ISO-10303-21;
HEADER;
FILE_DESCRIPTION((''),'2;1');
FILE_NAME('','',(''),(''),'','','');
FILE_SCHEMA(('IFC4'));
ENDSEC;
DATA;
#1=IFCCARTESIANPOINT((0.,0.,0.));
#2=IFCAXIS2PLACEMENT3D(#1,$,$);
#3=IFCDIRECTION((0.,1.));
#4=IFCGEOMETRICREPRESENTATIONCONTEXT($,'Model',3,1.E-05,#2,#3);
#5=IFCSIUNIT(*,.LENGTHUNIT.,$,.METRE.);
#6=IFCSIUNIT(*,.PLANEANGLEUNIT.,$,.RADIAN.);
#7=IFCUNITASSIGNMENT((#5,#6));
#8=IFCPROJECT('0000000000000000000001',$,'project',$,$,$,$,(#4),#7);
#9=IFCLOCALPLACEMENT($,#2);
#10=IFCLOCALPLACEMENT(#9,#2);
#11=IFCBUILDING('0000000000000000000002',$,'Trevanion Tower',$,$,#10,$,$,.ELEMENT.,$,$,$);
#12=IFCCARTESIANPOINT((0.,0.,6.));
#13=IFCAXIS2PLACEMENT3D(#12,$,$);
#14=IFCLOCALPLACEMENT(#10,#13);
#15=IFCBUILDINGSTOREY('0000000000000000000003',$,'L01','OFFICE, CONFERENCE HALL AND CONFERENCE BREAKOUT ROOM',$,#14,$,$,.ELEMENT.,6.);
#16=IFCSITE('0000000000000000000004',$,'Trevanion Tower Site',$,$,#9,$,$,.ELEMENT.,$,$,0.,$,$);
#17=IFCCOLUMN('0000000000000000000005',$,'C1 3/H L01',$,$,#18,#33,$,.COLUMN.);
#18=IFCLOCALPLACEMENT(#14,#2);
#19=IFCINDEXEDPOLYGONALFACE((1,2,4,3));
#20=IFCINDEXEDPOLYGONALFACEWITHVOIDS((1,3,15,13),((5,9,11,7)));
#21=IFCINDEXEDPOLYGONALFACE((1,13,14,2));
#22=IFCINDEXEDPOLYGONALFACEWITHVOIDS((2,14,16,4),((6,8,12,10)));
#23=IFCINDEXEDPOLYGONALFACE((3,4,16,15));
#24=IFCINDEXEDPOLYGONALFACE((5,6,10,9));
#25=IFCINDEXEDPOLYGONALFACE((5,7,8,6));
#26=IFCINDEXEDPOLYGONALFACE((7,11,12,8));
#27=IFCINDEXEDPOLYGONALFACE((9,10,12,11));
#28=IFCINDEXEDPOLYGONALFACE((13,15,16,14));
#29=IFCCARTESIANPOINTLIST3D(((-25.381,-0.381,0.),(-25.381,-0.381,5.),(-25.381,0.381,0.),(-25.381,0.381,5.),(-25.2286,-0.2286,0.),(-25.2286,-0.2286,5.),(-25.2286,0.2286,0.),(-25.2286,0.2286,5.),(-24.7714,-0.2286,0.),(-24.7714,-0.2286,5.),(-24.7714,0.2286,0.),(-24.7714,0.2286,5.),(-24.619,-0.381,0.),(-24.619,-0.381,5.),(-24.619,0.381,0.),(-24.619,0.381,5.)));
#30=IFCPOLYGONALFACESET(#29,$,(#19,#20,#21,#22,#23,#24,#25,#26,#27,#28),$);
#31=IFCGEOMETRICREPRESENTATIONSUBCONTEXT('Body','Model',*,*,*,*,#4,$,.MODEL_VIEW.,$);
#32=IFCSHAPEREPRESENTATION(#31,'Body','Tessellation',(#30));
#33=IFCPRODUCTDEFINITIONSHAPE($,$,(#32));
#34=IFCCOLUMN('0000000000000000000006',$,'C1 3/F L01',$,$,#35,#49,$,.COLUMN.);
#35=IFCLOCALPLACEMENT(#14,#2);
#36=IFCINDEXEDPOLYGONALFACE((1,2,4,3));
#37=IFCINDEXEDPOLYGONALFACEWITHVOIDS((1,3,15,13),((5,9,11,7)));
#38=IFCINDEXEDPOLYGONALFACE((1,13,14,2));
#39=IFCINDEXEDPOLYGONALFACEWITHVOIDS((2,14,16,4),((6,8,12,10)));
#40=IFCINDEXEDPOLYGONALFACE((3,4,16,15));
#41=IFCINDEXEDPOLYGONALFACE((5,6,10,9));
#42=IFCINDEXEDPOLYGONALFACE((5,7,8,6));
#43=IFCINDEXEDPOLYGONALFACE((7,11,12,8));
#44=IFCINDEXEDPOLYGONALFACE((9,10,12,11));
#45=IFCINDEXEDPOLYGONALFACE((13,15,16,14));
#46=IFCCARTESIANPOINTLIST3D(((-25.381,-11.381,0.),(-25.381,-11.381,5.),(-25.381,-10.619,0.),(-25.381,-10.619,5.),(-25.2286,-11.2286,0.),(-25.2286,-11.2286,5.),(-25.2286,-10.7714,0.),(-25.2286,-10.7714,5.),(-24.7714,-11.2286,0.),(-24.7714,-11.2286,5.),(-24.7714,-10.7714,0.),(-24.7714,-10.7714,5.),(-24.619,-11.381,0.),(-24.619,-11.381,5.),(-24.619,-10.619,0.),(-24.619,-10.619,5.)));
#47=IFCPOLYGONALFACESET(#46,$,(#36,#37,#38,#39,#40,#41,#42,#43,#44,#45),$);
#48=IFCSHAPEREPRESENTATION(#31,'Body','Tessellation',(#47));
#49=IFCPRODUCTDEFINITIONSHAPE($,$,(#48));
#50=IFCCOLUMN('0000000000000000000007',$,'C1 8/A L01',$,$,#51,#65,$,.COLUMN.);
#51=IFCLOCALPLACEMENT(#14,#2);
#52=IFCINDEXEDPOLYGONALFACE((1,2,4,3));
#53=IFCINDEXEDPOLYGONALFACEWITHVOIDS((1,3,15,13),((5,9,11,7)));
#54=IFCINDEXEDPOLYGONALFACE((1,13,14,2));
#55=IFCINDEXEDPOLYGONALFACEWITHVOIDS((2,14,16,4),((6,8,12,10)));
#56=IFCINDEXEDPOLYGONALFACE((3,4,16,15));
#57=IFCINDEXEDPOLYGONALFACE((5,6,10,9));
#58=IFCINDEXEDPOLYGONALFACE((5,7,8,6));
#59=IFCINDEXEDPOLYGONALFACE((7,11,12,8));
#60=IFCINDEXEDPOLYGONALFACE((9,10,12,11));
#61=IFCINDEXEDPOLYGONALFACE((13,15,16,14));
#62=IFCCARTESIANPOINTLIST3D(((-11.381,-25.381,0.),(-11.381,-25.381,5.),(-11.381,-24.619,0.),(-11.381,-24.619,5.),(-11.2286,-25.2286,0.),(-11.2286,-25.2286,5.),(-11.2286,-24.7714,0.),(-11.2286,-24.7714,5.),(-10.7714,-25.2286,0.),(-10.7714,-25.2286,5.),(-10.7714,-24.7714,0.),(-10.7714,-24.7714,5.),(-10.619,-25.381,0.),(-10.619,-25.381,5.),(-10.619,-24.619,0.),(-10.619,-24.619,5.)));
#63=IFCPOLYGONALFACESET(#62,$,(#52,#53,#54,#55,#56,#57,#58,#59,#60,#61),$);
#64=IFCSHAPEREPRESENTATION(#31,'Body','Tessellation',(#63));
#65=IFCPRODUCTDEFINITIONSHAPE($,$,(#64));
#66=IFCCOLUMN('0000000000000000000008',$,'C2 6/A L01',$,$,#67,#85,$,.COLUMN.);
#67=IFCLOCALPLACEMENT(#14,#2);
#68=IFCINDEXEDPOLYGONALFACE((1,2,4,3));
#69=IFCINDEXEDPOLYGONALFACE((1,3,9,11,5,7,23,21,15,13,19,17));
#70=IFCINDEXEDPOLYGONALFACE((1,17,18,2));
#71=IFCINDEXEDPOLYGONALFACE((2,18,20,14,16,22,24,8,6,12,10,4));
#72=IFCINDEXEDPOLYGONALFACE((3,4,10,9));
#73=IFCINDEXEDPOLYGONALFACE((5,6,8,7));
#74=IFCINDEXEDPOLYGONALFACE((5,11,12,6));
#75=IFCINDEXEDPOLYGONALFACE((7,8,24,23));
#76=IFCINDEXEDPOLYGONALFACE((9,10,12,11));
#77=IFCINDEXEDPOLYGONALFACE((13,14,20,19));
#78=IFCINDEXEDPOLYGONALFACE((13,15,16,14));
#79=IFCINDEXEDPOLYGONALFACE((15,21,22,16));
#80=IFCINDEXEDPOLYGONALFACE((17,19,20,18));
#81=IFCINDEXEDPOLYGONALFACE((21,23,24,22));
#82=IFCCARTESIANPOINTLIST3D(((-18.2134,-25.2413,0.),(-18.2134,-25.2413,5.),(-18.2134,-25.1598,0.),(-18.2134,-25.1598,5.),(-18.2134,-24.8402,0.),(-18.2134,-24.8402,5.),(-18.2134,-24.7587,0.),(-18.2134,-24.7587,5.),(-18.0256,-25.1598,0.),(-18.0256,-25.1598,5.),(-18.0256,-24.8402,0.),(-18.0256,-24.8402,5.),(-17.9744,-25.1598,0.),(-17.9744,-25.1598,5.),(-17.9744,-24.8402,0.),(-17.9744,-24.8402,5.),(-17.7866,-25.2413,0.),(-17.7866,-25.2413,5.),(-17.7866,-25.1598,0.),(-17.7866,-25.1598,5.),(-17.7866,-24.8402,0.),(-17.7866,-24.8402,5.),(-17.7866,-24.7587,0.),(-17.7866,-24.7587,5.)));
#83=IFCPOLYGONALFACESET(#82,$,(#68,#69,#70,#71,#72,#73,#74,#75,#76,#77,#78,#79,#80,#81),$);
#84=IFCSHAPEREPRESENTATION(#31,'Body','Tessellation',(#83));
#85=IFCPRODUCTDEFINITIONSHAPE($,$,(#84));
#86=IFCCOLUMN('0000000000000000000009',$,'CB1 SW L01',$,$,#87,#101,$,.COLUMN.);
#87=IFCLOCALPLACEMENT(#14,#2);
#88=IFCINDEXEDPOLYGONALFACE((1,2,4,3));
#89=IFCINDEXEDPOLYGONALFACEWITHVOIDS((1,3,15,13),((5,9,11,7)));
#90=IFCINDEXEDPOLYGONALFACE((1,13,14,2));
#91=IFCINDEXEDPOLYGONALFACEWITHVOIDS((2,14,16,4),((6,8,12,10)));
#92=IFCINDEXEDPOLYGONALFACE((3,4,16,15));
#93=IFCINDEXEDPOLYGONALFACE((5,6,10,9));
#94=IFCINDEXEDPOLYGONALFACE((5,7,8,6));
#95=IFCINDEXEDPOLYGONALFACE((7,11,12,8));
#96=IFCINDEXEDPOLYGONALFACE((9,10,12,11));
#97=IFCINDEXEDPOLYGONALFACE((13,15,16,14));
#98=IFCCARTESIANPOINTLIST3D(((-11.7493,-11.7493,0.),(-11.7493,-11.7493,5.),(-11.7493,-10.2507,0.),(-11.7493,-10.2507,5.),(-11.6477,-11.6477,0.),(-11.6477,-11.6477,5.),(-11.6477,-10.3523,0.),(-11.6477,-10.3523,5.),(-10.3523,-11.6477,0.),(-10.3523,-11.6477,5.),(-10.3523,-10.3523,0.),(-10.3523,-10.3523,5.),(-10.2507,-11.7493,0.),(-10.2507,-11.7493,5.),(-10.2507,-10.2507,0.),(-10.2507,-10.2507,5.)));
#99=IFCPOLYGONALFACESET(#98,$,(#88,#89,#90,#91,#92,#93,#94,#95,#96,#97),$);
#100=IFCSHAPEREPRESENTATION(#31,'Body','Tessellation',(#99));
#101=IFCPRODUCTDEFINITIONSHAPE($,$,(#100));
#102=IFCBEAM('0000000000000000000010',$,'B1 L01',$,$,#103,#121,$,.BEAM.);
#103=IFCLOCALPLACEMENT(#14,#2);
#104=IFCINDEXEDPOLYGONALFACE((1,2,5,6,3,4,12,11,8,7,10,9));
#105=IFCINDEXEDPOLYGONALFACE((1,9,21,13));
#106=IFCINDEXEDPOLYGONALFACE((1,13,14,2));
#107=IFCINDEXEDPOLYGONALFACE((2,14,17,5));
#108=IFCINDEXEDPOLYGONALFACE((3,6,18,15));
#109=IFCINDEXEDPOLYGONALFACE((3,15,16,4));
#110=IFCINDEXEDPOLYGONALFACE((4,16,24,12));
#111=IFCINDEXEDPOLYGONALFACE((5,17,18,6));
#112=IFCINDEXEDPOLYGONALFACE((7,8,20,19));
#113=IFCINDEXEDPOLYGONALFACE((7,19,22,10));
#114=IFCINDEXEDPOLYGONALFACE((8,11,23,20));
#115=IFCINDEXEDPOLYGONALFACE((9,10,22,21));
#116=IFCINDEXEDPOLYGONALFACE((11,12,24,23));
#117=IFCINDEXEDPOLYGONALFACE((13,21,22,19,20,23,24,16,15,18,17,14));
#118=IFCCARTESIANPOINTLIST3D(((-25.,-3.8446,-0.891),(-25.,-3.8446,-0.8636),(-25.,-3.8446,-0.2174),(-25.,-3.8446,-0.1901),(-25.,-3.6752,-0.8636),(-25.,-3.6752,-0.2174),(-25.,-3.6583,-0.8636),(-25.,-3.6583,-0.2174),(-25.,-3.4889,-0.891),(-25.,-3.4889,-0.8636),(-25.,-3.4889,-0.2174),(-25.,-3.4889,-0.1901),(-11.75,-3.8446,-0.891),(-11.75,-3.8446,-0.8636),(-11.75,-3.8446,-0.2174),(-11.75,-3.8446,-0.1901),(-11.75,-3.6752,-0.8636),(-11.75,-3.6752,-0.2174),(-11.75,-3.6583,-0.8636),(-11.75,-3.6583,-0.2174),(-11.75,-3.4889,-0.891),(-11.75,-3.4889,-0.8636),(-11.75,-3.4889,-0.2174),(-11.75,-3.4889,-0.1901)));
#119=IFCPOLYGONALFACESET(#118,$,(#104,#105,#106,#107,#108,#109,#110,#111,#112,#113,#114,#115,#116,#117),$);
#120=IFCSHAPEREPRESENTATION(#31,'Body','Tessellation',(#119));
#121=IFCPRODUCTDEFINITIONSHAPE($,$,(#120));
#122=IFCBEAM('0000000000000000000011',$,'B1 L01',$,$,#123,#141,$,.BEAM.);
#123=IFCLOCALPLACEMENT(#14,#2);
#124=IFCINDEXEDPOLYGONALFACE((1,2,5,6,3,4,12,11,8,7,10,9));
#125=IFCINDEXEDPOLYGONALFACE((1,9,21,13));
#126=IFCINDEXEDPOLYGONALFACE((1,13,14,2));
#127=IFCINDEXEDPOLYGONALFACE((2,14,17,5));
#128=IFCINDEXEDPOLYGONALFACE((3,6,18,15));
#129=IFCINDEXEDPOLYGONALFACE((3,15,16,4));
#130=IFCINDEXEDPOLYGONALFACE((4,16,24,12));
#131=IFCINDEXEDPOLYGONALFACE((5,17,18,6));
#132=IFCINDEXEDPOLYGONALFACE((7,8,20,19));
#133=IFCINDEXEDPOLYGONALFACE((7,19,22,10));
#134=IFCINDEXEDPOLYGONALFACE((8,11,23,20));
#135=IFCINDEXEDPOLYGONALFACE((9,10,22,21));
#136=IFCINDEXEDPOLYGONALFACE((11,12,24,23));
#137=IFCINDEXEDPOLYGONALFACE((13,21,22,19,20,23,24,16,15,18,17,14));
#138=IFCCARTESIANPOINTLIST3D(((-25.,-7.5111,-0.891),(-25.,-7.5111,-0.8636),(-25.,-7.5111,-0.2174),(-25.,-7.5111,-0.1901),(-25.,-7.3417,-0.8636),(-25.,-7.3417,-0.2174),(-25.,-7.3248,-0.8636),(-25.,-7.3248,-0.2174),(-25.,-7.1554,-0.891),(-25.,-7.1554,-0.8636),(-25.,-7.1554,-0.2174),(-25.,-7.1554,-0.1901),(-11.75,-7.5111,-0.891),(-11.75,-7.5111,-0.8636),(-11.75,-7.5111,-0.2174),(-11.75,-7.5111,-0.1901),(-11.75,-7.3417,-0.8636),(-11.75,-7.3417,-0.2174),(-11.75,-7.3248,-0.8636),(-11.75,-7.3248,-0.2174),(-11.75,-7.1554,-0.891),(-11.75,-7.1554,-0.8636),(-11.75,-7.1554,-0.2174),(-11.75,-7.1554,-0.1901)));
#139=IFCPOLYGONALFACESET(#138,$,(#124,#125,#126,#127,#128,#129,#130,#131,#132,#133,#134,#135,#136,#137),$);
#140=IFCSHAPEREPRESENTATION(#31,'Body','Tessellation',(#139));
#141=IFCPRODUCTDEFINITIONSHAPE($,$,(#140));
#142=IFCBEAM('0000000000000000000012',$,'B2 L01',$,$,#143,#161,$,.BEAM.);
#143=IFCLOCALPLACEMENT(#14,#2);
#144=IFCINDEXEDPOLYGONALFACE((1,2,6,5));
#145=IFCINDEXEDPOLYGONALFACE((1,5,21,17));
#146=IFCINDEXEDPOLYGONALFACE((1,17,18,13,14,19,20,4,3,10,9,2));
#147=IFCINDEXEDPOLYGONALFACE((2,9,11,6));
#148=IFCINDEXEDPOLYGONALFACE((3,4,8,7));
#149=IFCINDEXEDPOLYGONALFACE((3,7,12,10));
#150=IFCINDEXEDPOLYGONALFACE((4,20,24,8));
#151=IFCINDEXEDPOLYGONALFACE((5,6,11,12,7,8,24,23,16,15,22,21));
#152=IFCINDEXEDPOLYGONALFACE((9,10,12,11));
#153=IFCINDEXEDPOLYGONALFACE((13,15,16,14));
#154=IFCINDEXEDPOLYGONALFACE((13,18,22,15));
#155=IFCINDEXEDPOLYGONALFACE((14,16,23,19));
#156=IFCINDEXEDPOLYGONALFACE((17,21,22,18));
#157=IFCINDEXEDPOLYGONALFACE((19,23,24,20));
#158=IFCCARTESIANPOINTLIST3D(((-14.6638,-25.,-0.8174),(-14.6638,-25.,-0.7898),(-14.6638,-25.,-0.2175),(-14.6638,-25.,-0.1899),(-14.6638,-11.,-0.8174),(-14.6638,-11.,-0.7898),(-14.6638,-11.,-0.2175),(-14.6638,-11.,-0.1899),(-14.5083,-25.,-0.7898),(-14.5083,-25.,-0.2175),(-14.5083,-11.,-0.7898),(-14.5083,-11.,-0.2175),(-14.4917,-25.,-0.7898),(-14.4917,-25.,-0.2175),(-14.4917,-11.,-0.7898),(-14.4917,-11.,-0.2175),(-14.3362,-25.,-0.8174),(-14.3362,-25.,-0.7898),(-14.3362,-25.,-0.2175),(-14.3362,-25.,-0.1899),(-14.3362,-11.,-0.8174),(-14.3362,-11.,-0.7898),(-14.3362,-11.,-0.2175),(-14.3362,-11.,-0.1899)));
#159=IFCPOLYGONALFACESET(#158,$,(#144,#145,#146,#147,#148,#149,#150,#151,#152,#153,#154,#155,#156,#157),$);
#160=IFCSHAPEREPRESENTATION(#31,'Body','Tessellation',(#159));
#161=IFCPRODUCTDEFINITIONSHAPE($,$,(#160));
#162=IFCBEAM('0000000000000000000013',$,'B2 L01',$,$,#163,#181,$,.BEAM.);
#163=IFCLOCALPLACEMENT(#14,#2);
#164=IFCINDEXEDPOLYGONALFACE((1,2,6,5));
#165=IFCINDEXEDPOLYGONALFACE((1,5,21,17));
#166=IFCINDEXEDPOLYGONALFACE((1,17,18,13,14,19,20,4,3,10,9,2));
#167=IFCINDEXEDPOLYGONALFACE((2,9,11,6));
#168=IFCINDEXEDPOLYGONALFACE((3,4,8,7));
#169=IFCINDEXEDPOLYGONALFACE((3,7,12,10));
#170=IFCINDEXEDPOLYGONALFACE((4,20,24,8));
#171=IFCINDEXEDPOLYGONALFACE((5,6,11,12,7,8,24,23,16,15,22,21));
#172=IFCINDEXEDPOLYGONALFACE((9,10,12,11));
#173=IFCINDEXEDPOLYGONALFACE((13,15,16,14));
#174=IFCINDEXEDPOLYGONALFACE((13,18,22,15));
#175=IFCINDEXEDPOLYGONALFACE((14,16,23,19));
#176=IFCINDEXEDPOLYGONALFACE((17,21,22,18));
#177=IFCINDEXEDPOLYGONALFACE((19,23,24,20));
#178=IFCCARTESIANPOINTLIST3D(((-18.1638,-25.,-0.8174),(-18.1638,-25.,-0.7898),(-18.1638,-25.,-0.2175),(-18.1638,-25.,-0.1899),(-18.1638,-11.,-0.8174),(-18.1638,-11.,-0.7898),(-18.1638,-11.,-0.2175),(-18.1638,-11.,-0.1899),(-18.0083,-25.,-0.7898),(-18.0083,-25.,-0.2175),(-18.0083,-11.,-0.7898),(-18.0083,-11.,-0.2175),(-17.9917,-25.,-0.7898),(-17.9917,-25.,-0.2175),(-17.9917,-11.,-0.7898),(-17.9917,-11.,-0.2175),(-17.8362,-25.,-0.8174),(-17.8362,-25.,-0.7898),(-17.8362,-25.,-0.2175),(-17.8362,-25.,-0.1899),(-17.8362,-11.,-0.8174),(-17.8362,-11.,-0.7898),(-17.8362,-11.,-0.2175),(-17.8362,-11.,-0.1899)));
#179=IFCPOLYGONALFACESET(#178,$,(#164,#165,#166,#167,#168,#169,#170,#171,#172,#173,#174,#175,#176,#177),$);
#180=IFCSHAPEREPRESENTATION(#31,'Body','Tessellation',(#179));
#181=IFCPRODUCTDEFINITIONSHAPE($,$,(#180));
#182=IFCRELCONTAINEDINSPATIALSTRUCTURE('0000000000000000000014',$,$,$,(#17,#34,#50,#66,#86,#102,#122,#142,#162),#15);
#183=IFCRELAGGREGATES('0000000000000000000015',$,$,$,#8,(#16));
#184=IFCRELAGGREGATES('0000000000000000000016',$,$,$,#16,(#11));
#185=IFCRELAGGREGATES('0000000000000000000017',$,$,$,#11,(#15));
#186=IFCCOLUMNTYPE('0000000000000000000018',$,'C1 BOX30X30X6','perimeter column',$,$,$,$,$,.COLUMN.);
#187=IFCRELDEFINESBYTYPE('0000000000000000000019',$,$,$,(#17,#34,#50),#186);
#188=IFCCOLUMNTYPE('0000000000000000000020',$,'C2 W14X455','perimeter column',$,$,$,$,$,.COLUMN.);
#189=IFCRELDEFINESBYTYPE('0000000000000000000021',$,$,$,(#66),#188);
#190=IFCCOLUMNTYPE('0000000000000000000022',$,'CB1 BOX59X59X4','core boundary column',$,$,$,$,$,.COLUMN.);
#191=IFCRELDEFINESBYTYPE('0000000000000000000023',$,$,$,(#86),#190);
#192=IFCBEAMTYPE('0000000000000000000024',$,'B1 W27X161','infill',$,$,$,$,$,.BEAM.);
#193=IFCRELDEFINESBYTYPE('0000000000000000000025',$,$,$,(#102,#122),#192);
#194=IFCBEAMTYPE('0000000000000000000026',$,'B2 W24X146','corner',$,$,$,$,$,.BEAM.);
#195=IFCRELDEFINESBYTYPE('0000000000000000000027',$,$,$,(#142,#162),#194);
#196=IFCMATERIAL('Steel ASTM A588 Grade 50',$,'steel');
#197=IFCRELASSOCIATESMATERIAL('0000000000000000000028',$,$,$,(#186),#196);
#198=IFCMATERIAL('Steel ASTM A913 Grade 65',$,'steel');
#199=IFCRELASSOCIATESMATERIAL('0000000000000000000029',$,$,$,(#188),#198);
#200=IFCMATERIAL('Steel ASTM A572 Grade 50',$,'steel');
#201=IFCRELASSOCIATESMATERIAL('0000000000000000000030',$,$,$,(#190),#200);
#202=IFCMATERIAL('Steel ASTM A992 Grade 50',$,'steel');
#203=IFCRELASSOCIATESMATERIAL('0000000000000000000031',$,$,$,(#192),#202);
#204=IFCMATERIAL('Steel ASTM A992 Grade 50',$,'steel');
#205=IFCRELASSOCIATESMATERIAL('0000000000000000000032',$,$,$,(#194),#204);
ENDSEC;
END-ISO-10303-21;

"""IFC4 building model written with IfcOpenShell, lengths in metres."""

from ifc_helpers import new_model, si_unit, direction, frame, origin, origin_2d, place, context, subcontext, project, spatial, hollow_rectangle, i_section, extrude, material, material_profile, profile_set, type_object, element, save


model = new_model("IFC4")

# Units and contexts
model_context = context("Model", 3, precision=1e-05, world=origin(), true_north=direction((0.0, 1.0)))
body_context = subcontext(model_context, "Body", "Model", "MODEL_VIEW")
ifc_project = project(units=[si_unit("LENGTHUNIT", "METRE"), si_unit("PLANEANGLEUNIT", "RADIAN")], contexts=[model_context])

# Site, building, storey
site_placement = place(None, origin())
site = spatial("IfcSite", under=ifc_project, at=site_placement, Name="Trevanion Tower Site", CompositionType="ELEMENT", RefElevation=0.0)
building_placement = place(site_placement, origin())
building = spatial("IfcBuilding", under=site, at=building_placement, Name="Trevanion Tower", CompositionType="ELEMENT")
storey_placement = place(building_placement, frame((0.0, 0.0, 6.0)))
storey = spatial("IfcBuildingStorey", under=building, at=storey_placement, Name="L01", Description="OFFICE, CONFERENCE HALL AND CONFERENCE BREAKOUT ROOM", CompositionType="ELEMENT", Elevation=6.0)

# Columns
ifc_material_1 = material(Name="Steel ASTM A588 Grade 50", Category="steel")
ifc_material_profile_1 = material_profile(ifc_material_1, hollow_rectangle(XDim=0.762, YDim=0.762, WallThickness=0.1523, at=origin_2d()), Name="BOX30X30X6")
ifc_profile_set_1 = profile_set([ifc_material_profile_1], Name="Steel ASTM A588 Grade 50")
column_type_1 = type_object("IfcColumnType", Name="C1 BOX30X30X6", Description="perimeter column", PredefinedType="COLUMN", material=ifc_profile_set_1)
for number, where, z_axis, x_axis, name in (
    (1, (-25.0, 0.0, 0.0), (0.0, 0.0, 1.0), (0.0, 1.0, 0.0), "C1 3/H L01"),
    (2, (-25.0, -11.0, 0.0), (0.0, 0.0, 1.0), (0.0, 1.0, 0.0), "C1 3/F L01"),
    (3, (-11.0, -25.0, 0.0), (0.0, 0.0, 1.0), (1.0, 0.0, 0.0), "C1 8/A L01"),
):
    element("IfcColumn", number, at=place(storey_placement, frame(where, z_axis=z_axis, x_axis=x_axis)), inside=storey, type_object=column_type_1, Name=name, PredefinedType="COLUMN", context=body_context, shape_type="SweptSolid", body=[
        extrude(hollow_rectangle(XDim=0.762, YDim=0.762, WallThickness=0.1523, at=origin_2d()), origin(), (0.0, 0.0, 1.0), 5.0),
    ])
ifc_material_2 = material(Name="Steel ASTM A913 Grade 65", Category="steel")
ifc_material_profile_2 = material_profile(ifc_material_2, i_section(OverallWidth=0.4268, OverallDepth=0.4827, WebThickness=0.0513, FlangeThickness=0.0815, at=origin_2d()), Name="W14X455")
ifc_profile_set_2 = profile_set([ifc_material_profile_2], Name="Steel ASTM A913 Grade 65")
column_type_2 = type_object("IfcColumnType", Name="C2 W14X455", Description="perimeter column", PredefinedType="COLUMN", material=ifc_profile_set_2)
column_1_placement = place(storey_placement, frame((-18.0, -25.0, 0.0), z_axis=(0.0, 0.0, 1.0), x_axis=(1.0, 0.0, 0.0)))
element("IfcColumn", 4, at=column_1_placement, inside=storey, type_object=column_type_2, Name="C2 6/A L01", PredefinedType="COLUMN", context=body_context, shape_type="SweptSolid", body=[
    extrude(i_section(OverallWidth=0.4268, OverallDepth=0.4827, WebThickness=0.0513, FlangeThickness=0.0815, at=origin_2d()), origin(), (0.0, 0.0, 1.0), 5.0),
])
ifc_material_3 = material(Name="Steel ASTM A572 Grade 50", Category="steel")
ifc_material_profile_3 = material_profile(ifc_material_3, hollow_rectangle(XDim=1.4985, YDim=1.4985, WallThickness=0.1016, at=origin_2d()), Name="BOX59X59X4")
ifc_profile_set_3 = profile_set([ifc_material_profile_3], Name="Steel ASTM A572 Grade 50")
column_type_3 = type_object("IfcColumnType", Name="CB1 BOX59X59X4", Description="core boundary column", PredefinedType="COLUMN", material=ifc_profile_set_3)
column_2_placement = place(storey_placement, frame((-11.0, -11.0, 0.0), z_axis=(0.0, 0.0, 1.0), x_axis=(1.0, 0.0, 0.0)))
element("IfcColumn", 5, at=column_2_placement, inside=storey, type_object=column_type_3, Name="CB1 SW L01", PredefinedType="COLUMN", context=body_context, shape_type="SweptSolid", body=[
    extrude(hollow_rectangle(XDim=1.4985, YDim=1.4985, WallThickness=0.1016, at=origin_2d()), origin(), (0.0, 0.0, 1.0), 5.0),
])

# Beams
ifc_material_4 = material(Name="Steel ASTM A992 Grade 50", Category="steel")
ifc_material_profile_4 = material_profile(ifc_material_4, i_section(OverallWidth=0.3557, OverallDepth=0.7009, WebThickness=0.0168, FlangeThickness=0.0273, at=origin_2d()), Name="W27X161")
ifc_profile_set_4 = profile_set([ifc_material_profile_4], Name="Steel ASTM A992 Grade 50")
beam_type_1 = type_object("IfcBeamType", Name="B1 W27X161", Description="infill", PredefinedType="BEAM", material=ifc_profile_set_4)
for number, where, z_axis, x_axis, name in (
    (6, (-11.75, -3.6667, -0.5405), (-1.0, 0.0, 0.0), (0.0, -1.0, 0.0), "B1 L01"),
    (7, (-11.75, -7.3333, -0.5405), (-1.0, 0.0, 0.0), (0.0, -1.0, 0.0), "B1 L01"),
):
    element("IfcBeam", number, at=place(storey_placement, frame(where, z_axis=z_axis, x_axis=x_axis)), inside=storey, type_object=beam_type_1, Name=name, PredefinedType="BEAM", context=body_context, shape_type="SweptSolid", body=[
        extrude(i_section(OverallWidth=0.3557, OverallDepth=0.7009, WebThickness=0.0168, FlangeThickness=0.0273, at=origin_2d()), origin(), (0.0, 0.0, 1.0), 13.25),
    ])
ifc_material_5 = material(Name="Steel ASTM A992 Grade 50", Category="steel")
ifc_material_profile_5 = material_profile(ifc_material_5, i_section(OverallWidth=0.3276, OverallDepth=0.6274, WebThickness=0.0166, FlangeThickness=0.0276, at=origin_2d()), Name="W24X146")
ifc_profile_set_5 = profile_set([ifc_material_profile_5], Name="Steel ASTM A992 Grade 50")
beam_type_2 = type_object("IfcBeamType", Name="B2 W24X146", Description="corner", PredefinedType="BEAM", material=ifc_profile_set_5)
for number, where, z_axis, x_axis, name in (
    (8, (-14.5, -11.0, -0.5037), (0.0, -1.0, 0.0), (1.0, 0.0, 0.0), "B2 L01"),
    (9, (-18.0, -11.0, -0.5037), (0.0, -1.0, 0.0), (1.0, 0.0, 0.0), "B2 L01"),
):
    element("IfcBeam", number, at=place(storey_placement, frame(where, z_axis=z_axis, x_axis=x_axis)), inside=storey, type_object=beam_type_2, Name=name, PredefinedType="BEAM", context=body_context, shape_type="SweptSolid", body=[
        extrude(i_section(OverallWidth=0.3276, OverallDepth=0.6274, WebThickness=0.0166, FlangeThickness=0.0276, at=origin_2d()), origin(), (0.0, 0.0, 1.0), 14.0),
    ])

save(model, "model.ifc")
